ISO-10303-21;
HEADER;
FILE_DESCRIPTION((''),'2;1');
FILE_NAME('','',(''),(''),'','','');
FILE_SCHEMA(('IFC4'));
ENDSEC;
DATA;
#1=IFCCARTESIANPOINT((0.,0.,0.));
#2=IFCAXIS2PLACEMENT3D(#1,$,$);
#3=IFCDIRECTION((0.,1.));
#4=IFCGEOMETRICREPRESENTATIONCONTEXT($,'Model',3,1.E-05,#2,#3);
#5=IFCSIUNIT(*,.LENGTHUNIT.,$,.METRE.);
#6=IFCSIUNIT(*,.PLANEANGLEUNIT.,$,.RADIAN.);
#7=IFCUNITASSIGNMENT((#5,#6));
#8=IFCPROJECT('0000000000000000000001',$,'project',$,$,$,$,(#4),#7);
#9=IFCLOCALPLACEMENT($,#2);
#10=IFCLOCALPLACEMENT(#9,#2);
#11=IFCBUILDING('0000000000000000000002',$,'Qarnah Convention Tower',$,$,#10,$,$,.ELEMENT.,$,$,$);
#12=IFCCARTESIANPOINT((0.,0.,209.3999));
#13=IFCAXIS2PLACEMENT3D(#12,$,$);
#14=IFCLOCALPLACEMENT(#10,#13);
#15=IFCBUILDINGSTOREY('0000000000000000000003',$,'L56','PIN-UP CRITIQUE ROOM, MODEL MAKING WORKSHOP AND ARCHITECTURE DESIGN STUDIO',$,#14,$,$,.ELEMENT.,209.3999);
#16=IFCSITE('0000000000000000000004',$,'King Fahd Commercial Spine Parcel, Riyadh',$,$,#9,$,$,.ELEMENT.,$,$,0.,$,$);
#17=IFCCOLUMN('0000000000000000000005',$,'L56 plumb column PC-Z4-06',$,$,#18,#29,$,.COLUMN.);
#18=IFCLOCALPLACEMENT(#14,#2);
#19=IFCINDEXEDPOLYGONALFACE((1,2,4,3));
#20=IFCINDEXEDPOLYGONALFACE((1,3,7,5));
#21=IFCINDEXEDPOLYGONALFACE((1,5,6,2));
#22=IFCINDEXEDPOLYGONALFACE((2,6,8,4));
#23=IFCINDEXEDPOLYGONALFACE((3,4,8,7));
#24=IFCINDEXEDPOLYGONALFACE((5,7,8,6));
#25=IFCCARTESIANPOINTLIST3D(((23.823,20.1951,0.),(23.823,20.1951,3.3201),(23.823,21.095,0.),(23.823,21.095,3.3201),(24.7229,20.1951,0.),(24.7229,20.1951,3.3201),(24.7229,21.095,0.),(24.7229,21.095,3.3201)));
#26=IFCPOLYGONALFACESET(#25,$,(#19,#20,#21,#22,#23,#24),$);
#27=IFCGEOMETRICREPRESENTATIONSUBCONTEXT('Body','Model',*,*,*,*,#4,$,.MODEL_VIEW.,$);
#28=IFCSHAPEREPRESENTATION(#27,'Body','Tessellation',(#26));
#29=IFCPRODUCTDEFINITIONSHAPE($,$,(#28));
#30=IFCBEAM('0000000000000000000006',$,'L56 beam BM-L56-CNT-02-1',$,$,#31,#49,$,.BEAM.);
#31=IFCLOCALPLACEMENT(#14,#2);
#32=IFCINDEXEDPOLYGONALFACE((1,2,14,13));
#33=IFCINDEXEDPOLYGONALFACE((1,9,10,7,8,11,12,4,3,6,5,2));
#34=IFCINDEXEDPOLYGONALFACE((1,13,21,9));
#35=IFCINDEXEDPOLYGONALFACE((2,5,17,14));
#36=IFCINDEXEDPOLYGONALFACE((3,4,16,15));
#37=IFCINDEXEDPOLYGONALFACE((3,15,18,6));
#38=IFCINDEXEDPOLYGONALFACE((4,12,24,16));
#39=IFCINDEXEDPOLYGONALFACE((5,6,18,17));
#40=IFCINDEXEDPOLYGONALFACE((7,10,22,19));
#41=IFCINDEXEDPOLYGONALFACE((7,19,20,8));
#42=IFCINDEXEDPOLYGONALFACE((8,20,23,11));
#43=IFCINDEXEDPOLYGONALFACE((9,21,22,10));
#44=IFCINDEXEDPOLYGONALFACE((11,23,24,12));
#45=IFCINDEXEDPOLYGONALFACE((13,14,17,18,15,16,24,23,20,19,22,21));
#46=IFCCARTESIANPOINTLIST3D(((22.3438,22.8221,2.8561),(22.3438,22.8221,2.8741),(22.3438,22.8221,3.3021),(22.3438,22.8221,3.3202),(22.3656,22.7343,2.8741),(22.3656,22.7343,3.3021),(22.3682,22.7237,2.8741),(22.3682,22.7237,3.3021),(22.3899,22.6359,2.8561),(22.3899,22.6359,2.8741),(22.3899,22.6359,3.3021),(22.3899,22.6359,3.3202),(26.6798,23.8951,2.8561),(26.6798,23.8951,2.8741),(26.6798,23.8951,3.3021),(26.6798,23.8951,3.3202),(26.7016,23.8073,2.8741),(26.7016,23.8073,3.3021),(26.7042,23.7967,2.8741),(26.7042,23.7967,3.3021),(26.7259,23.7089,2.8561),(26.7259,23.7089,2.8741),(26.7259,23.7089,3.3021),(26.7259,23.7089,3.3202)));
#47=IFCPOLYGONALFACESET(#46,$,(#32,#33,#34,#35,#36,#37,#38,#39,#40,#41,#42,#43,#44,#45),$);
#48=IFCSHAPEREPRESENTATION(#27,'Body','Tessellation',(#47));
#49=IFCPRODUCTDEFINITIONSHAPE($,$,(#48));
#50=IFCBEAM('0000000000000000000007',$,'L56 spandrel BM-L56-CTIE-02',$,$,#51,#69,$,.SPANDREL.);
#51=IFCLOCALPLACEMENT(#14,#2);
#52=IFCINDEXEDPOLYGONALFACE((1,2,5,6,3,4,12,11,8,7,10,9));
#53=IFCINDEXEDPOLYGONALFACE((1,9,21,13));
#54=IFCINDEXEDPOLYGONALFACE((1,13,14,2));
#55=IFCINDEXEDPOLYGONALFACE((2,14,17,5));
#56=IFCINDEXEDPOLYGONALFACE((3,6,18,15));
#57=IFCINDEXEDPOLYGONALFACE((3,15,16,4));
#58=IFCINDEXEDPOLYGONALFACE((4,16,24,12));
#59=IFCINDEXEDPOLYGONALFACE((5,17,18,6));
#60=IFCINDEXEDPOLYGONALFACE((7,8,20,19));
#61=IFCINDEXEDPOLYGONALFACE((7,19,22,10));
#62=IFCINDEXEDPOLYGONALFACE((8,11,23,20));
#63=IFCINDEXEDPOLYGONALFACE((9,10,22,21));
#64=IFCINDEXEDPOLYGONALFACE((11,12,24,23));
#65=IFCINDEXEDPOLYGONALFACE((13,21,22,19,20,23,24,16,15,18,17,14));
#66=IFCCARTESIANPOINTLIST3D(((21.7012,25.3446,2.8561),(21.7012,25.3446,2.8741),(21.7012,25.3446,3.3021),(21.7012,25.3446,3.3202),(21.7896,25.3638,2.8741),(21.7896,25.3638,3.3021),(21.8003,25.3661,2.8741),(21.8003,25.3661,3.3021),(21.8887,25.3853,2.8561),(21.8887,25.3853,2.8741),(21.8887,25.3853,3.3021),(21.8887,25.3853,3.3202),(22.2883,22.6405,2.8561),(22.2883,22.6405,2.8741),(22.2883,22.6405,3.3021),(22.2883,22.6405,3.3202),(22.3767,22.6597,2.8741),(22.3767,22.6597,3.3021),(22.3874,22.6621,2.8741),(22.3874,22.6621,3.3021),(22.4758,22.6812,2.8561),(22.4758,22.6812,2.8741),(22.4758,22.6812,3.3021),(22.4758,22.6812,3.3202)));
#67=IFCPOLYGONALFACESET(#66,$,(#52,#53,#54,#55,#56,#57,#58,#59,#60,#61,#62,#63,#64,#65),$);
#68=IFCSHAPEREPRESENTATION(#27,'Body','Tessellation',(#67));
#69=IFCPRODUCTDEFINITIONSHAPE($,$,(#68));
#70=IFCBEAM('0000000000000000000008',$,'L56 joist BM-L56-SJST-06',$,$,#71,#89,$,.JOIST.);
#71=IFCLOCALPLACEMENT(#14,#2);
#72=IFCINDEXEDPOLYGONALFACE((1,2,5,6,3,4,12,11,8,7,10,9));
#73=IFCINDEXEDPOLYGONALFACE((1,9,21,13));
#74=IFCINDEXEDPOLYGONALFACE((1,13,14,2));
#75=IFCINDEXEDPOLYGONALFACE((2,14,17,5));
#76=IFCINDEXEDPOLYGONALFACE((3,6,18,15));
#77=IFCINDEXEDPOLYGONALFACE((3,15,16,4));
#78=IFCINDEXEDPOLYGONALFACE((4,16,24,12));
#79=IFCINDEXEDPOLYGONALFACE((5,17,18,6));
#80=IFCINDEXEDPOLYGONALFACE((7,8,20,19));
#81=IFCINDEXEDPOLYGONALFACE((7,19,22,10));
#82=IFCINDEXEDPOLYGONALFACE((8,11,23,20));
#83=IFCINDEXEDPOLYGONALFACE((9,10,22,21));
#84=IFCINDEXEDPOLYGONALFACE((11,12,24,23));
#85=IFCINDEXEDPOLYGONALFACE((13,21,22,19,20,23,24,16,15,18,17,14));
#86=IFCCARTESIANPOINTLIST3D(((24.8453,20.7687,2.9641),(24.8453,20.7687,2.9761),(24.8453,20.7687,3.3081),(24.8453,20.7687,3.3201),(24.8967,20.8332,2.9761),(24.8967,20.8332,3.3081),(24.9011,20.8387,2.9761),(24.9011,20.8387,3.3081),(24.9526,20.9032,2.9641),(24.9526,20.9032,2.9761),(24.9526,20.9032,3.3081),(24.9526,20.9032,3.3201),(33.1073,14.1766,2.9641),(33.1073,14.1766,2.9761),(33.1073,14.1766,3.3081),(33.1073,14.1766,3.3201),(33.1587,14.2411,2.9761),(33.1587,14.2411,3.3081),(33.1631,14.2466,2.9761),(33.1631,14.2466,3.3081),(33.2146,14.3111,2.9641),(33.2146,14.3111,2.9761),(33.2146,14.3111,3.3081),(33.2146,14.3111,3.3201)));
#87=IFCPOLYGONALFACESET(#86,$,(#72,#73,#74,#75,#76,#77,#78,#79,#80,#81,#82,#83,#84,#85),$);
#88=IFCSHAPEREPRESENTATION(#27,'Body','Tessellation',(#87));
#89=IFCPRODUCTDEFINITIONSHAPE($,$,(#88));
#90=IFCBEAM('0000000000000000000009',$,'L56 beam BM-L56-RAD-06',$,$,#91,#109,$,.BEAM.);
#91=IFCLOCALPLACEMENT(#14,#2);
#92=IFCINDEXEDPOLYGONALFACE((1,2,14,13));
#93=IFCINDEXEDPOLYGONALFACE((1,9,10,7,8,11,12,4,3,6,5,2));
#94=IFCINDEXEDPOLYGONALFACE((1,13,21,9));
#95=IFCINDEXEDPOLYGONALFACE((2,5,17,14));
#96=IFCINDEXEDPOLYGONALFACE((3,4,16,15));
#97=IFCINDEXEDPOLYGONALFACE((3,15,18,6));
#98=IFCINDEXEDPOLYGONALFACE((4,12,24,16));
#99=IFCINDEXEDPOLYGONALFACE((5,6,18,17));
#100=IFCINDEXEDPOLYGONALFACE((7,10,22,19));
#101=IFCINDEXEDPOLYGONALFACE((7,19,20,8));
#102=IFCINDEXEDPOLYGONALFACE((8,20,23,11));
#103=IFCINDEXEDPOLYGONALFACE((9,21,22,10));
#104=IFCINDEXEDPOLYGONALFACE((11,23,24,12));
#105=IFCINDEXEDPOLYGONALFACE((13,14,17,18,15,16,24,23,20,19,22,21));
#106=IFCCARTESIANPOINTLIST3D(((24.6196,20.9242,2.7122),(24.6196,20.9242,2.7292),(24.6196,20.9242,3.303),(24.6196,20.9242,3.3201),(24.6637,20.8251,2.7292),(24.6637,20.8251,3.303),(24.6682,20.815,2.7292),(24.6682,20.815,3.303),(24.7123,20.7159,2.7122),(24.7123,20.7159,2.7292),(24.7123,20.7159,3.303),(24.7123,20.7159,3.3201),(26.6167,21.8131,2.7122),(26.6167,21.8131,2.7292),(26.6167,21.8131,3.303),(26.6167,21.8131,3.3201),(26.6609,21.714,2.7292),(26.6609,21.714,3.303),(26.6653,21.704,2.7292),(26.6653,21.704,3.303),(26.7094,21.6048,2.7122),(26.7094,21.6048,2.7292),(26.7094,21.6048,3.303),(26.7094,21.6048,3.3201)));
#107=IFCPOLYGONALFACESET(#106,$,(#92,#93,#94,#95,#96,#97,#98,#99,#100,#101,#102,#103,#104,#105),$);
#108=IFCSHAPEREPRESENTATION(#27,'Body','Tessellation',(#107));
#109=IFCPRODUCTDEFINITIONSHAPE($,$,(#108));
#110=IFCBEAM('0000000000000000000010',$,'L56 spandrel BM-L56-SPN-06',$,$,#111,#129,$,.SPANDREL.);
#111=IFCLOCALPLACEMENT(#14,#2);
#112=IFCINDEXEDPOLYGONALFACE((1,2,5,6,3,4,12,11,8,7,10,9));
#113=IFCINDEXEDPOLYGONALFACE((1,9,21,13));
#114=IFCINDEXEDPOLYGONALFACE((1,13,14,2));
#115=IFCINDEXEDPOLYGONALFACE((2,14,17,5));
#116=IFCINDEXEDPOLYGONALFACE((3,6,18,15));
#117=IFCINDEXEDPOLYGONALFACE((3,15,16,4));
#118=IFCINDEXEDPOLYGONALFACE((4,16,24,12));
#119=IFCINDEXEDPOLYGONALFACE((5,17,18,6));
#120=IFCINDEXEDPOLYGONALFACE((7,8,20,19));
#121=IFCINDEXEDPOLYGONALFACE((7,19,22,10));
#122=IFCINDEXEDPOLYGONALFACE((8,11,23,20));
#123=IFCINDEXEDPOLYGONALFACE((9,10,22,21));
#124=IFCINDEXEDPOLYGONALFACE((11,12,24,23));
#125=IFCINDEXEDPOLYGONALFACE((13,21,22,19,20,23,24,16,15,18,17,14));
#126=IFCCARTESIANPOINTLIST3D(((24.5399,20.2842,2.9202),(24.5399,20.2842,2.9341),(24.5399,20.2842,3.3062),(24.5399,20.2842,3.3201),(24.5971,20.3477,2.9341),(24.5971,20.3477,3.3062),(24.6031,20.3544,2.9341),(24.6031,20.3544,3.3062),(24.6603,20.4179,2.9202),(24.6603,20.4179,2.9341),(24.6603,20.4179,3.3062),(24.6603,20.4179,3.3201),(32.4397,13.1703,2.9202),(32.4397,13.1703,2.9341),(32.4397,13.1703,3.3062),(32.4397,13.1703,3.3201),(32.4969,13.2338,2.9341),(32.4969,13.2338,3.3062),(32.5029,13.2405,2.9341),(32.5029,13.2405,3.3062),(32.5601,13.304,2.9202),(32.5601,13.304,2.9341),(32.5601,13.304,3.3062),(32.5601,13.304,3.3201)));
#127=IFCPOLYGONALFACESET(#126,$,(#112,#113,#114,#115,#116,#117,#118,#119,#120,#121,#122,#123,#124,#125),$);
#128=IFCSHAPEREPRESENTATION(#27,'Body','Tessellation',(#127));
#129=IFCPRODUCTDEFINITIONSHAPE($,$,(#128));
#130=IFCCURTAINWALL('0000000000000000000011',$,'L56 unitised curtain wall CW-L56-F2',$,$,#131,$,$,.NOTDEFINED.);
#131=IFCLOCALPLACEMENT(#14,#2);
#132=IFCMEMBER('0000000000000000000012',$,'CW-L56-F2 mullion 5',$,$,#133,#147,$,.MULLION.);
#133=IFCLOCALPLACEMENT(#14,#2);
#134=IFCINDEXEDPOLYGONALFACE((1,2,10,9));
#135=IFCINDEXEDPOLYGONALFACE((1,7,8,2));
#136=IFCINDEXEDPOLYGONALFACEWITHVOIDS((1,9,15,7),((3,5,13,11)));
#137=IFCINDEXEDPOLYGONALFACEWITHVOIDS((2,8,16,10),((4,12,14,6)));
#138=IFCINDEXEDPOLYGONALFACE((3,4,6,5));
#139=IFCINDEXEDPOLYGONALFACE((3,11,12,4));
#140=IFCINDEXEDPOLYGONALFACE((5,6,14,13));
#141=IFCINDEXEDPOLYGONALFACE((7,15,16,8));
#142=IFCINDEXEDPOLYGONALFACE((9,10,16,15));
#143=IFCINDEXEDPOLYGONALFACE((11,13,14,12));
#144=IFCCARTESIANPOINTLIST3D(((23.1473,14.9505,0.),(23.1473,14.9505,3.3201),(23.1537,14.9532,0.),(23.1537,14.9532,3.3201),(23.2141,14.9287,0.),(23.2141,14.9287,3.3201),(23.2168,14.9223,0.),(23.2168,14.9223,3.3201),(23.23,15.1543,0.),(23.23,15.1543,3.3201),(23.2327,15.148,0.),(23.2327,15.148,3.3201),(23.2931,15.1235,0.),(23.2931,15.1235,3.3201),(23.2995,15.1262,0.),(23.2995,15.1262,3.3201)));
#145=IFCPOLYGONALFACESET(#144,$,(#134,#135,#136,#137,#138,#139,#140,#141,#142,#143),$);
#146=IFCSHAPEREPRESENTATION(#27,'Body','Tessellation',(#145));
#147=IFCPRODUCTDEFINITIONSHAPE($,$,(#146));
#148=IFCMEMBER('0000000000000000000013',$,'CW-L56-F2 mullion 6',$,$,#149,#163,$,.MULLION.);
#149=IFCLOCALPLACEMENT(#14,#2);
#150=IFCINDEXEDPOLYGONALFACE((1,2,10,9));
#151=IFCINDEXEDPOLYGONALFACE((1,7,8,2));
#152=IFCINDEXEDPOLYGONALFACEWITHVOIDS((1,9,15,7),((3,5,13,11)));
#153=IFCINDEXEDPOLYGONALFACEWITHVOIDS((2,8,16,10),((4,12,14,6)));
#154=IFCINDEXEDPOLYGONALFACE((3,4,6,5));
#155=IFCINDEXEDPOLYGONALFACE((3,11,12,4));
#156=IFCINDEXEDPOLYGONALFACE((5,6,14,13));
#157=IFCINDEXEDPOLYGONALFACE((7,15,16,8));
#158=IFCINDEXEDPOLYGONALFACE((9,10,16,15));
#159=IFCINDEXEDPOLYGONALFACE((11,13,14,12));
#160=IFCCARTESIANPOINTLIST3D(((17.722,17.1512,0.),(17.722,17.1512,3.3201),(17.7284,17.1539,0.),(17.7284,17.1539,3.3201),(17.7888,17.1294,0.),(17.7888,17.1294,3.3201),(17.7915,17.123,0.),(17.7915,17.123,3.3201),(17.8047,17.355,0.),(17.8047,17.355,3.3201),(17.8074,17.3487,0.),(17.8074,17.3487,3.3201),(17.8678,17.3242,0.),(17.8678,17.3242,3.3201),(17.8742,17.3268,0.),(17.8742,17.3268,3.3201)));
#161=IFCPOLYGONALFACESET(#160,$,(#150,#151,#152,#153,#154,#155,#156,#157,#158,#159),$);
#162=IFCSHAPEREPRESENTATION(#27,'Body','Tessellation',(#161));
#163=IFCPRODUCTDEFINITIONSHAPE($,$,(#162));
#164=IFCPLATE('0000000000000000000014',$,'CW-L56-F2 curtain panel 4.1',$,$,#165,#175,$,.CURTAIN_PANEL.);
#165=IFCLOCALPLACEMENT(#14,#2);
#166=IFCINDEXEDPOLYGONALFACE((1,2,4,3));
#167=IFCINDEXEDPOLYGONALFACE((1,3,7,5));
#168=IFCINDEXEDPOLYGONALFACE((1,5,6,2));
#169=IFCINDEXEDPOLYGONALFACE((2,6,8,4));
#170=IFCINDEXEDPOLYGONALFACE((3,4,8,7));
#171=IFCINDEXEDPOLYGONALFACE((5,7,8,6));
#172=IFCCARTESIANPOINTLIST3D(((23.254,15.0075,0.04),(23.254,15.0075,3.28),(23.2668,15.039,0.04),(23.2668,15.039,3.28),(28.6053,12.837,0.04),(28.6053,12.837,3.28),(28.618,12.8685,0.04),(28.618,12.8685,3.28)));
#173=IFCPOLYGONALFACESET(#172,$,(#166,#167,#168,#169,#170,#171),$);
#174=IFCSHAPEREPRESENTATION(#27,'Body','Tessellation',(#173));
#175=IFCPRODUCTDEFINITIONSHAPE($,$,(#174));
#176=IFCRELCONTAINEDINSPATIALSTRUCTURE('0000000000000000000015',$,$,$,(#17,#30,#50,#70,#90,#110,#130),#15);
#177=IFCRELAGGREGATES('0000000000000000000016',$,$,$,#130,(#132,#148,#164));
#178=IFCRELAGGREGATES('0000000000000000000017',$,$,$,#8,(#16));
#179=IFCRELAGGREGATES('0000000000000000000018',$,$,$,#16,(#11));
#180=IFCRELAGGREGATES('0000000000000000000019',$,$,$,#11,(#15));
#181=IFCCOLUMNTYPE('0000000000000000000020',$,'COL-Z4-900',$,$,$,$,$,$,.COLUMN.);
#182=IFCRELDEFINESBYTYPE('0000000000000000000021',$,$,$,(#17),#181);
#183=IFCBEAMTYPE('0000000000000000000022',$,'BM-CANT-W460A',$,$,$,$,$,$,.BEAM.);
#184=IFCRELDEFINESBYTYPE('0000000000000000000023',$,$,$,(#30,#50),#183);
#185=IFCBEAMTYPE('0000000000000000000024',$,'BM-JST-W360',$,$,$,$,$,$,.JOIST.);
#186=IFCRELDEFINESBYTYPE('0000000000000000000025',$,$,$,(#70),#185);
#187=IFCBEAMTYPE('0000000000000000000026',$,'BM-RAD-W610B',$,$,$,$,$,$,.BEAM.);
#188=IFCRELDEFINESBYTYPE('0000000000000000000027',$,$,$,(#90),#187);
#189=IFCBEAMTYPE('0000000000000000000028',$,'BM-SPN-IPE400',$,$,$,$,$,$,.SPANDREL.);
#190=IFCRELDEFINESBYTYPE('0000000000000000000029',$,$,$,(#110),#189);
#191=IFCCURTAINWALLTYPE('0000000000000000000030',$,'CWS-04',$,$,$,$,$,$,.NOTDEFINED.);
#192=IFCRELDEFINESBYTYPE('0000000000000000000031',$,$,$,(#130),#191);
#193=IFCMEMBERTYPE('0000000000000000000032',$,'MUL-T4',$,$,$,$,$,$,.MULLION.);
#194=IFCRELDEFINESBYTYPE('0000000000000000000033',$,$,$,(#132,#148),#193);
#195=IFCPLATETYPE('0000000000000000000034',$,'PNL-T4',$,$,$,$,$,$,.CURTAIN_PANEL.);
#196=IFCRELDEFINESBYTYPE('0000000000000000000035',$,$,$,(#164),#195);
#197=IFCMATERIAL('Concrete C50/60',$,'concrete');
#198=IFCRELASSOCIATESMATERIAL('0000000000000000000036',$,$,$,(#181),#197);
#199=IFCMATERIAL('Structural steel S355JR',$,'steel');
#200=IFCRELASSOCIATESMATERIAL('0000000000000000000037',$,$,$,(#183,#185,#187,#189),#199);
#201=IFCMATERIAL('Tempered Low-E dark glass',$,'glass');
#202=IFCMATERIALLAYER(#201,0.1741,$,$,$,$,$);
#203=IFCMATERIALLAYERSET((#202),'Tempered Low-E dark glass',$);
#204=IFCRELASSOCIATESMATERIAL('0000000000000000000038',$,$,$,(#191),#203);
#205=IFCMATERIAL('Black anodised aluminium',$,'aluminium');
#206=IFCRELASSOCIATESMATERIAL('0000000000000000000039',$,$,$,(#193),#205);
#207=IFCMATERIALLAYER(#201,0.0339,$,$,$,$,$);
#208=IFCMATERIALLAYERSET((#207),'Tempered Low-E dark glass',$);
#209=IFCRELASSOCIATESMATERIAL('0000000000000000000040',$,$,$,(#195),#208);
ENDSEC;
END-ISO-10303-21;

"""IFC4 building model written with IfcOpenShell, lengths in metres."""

from ifc_helpers import new_model, si_unit, direction, frame, origin, origin_2d, place, context, subcontext, project, spatial, rectangle, hollow_rectangle, i_section, extrude, material, layer, layer_set, material_profile, profile_set, type_object, element, aggregate, save


model = new_model("IFC4")

# Units and contexts
model_context = context("Model", 3, precision=1e-05, world=origin(), true_north=direction((0.0, 1.0)))
body_context = subcontext(model_context, "Body", "Model", "MODEL_VIEW")
ifc_project = project(units=[si_unit("LENGTHUNIT", "METRE"), si_unit("PLANEANGLEUNIT", "RADIAN")], contexts=[model_context])

# Site, building, storey
site_placement = place(None, origin())
site = spatial("IfcSite", under=ifc_project, at=site_placement, Name="King Fahd Commercial Spine Parcel, Riyadh", CompositionType="ELEMENT", RefElevation=0.0)
building_placement = place(site_placement, origin())
building = spatial("IfcBuilding", under=site, at=building_placement, Name="Qarnah Convention Tower", CompositionType="ELEMENT")
storey_placement = place(building_placement, frame((0.0, 0.0, 209.3999)))
storey = spatial("IfcBuildingStorey", under=building, at=storey_placement, Name="L56", Description="PIN-UP CRITIQUE ROOM, MODEL MAKING WORKSHOP AND ARCHITECTURE DESIGN STUDIO", CompositionType="ELEMENT", Elevation=209.3999)

# Column
ifc_material_1 = material(Name="Concrete C50/60", Category="concrete")
ifc_material_profile_1 = material_profile(ifc_material_1, rectangle(XDim=0.8999, YDim=0.8999, at=origin_2d()), Name="RC-COL-900X900")
ifc_profile_set_1 = profile_set([ifc_material_profile_1], Name="Concrete C50/60")
column_type = type_object("IfcColumnType", Name="COL-Z4-900", PredefinedType="COLUMN", material=ifc_profile_set_1)
column_placement = place(storey_placement, frame((24.2729, 20.645, 0.0), z_axis=(0.0, 0.0, 1.0), x_axis=(1.0, 0.0, 0.0)))
element("IfcColumn", 1, at=column_placement, inside=storey, type_object=column_type, Name="L56 plumb column PC-Z4-06", PredefinedType="COLUMN", context=body_context, shape_type="SweptSolid", body=[
    extrude(rectangle(XDim=0.8999, YDim=0.8999, at=origin_2d()), origin(), (0.0, 0.0, 1.0), 3.3201),
])

# Beams
ifc_material_2 = material(Name="Structural steel S355JR", Category="steel")
ifc_material_profile_2 = material_profile(ifc_material_2, i_section(OverallWidth=0.1919, OverallDepth=0.4641, WebThickness=0.011, FlangeThickness=0.0181, at=origin_2d()), Name="W460X89")
ifc_profile_set_2 = profile_set([ifc_material_profile_2], Name="Structural steel S355JR")
beam_type_1 = type_object("IfcBeamType", Name="BM-CANT-W460A", PredefinedType="BEAM", material=ifc_profile_set_2)
beam_1_placement = place(storey_placement, frame((26.7029, 23.802, 3.0881), z_axis=(-0.970718, -0.24022, 0.0), x_axis=(0.24022, -0.970718, 0.0)))
element("IfcBeam", 2, at=beam_1_placement, inside=storey, type_object=beam_type_1, Name="L56 beam BM-L56-CNT-02-1", PredefinedType="BEAM", context=body_context, shape_type="SweptSolid", body=[
    extrude(i_section(OverallWidth=0.1919, OverallDepth=0.4641, WebThickness=0.011, FlangeThickness=0.0181, at=origin_2d()), origin(), (0.0, 0.0, 1.0), 4.4668),
])
beam_2_placement = place(storey_placement, frame((22.3821, 22.6609, 3.0881), z_axis=(-0.212192, 0.977228, 0.0), x_axis=(-0.977228, -0.212192, 0.0)))
element("IfcBeam", 3, at=beam_2_placement, inside=storey, type_object=beam_type_1, Name="L56 spandrel BM-L56-CTIE-02", PredefinedType="SPANDREL", context=body_context, shape_type="SweptSolid", body=[
    extrude(i_section(OverallWidth=0.1919, OverallDepth=0.4641, WebThickness=0.011, FlangeThickness=0.0181, at=origin_2d()), origin(), (0.0, 0.0, 1.0), 2.7671),
])
ifc_material_profile_3 = material_profile(ifc_material_2, i_section(OverallWidth=0.1721, OverallDepth=0.356, WebThickness=0.0071, FlangeThickness=0.012, at=origin_2d()), Name="W360X51")
ifc_profile_set_3 = profile_set([ifc_material_profile_3], Name="Structural steel S355JR")
beam_type_2 = type_object("IfcBeamType", Name="BM-JST-W360", PredefinedType="JOIST", material=ifc_profile_set_3)
beam_3_placement = place(storey_placement, frame((24.8989, 20.8359, 3.1421), z_axis=(0.781677, -0.623683, 0.0), x_axis=(0.623683, 0.781677, 0.0)))
element("IfcBeam", 4, at=beam_3_placement, inside=storey, type_object=beam_type_2, Name="L56 joist BM-L56-SJST-06", PredefinedType="JOIST", context=body_context, shape_type="SweptSolid", body=[
    extrude(i_section(OverallWidth=0.1721, OverallDepth=0.356, WebThickness=0.0071, FlangeThickness=0.012, at=origin_2d()), origin(), (0.0, 0.0, 1.0), 10.5696),
])
ifc_material_profile_4 = material_profile(ifc_material_2, i_section(OverallWidth=0.228, OverallDepth=0.6079, WebThickness=0.011, FlangeThickness=0.0171, at=origin_2d()), Name="W610X113")
ifc_profile_set_4 = profile_set([ifc_material_profile_4], Name="Structural steel S355JR")
beam_type_3 = type_object("IfcBeamType", Name="BM-RAD-W610B", PredefinedType="BEAM", material=ifc_profile_set_4)
beam_4_placement = place(storey_placement, frame((26.6631, 21.709, 3.0161), z_axis=(-0.913586, -0.406646, 0.0), x_axis=(0.406646, -0.913586, 0.0)))
element("IfcBeam", 5, at=beam_4_placement, inside=storey, type_object=beam_type_3, Name="L56 beam BM-L56-RAD-06", PredefinedType="BEAM", context=body_context, shape_type="SweptSolid", body=[
    extrude(i_section(OverallWidth=0.228, OverallDepth=0.6079, WebThickness=0.011, FlangeThickness=0.0171, at=origin_2d()), origin(), (0.0, 0.0, 1.0), 2.186),
])
ifc_material_profile_5 = material_profile(ifc_material_2, i_section(OverallWidth=0.1799, OverallDepth=0.3999, WebThickness=0.009, FlangeThickness=0.0139, at=origin_2d()), Name="IPE400")
ifc_profile_set_5 = profile_set([ifc_material_profile_5], Name="Structural steel S355JR")
beam_type_4 = type_object("IfcBeamType", Name="BM-SPN-IPE400", PredefinedType="SPANDREL", material=ifc_profile_set_5)
beam_5_placement = place(storey_placement, frame((24.6001, 20.3511, 3.1201), z_axis=(0.743102, -0.669178, 0.0), x_axis=(0.669178, 0.743102, 0.0)))
element("IfcBeam", 6, at=beam_5_placement, inside=storey, type_object=beam_type_4, Name="L56 spandrel BM-L56-SPN-06", PredefinedType="SPANDREL", context=body_context, shape_type="SweptSolid", body=[
    extrude(i_section(OverallWidth=0.1799, OverallDepth=0.3999, WebThickness=0.009, FlangeThickness=0.0139, at=origin_2d()), origin(), (0.0, 0.0, 1.0), 10.6309),
])

# Curtain wall, members, plate
ifc_material_3 = material(Name="Tempered Low-E dark glass", Category="glass")
ifc_layer_1 = layer(ifc_material_3, 0.1741)
ifc_layer_set_1 = layer_set([ifc_layer_1], Name="Tempered Low-E dark glass")
curtain_wall_type = type_object("IfcCurtainWallType", Name="CWS-04", PredefinedType="NOTDEFINED", material=ifc_layer_set_1)
curtain_wall_placement = place(storey_placement, origin())
curtain_wall = element("IfcCurtainWall", 7, at=curtain_wall_placement, inside=storey, type_object=curtain_wall_type, Name="L56 unitised curtain wall CW-L56-F2", PredefinedType="NOTDEFINED")
ifc_material_4 = material(Name="Black anodised aluminium", Category="aluminium")
ifc_material_profile_6 = material_profile(ifc_material_4, hollow_rectangle(XDim=0.075, YDim=0.22, WallThickness=0.0049, at=origin_2d()), Name="MUL-75X220")
ifc_profile_set_6 = profile_set([ifc_material_profile_6], Name="Black anodised aluminium")
member_type = type_object("IfcMemberType", Name="MUL-T4", PredefinedType="MULLION", material=ifc_profile_set_6)
member_1_placement = place(storey_placement, frame((23.2234, 15.0383, 0.0), z_axis=(0.0, 0.0, 1.0), x_axis=(-0.926673, 0.375868, 0.0)))
member_1 = element("IfcMember", 8, at=member_1_placement, type_object=member_type, Name="CW-L56-F2 mullion 5", PredefinedType="MULLION", context=body_context, shape_type="SweptSolid", body=[
    extrude(hollow_rectangle(XDim=0.075, YDim=0.22, WallThickness=0.0049, at=origin_2d()), origin(), (0.0, 0.0, 1.0), 3.3201),
])
member_2_placement = place(storey_placement, frame((17.7981, 17.239, 0.0), z_axis=(0.0, 0.0, 1.0), x_axis=(-0.926673, 0.375868, 0.0)))
member_2 = element("IfcMember", 9, at=member_2_placement, type_object=member_type, Name="CW-L56-F2 mullion 6", PredefinedType="MULLION", context=body_context, shape_type="SweptSolid", body=[
    extrude(hollow_rectangle(XDim=0.075, YDim=0.22, WallThickness=0.0049, at=origin_2d()), origin(), (0.0, 0.0, 1.0), 3.3201),
])
ifc_layer_2 = layer(ifc_material_3, 0.0339)
ifc_layer_set_2 = layer_set([ifc_layer_2], Name="Tempered Low-E dark glass")
plate_type = type_object("IfcPlateType", Name="PNL-T4", PredefinedType="CURTAIN_PANEL", material=ifc_layer_set_2)
plate_1_placement = place(storey_placement, frame((25.936, 13.938, 0.04), z_axis=(0.0, 0.0, 1.0), x_axis=(-0.926673, 0.375868, 0.0)))
plate_1 = element("IfcPlate", 10, at=plate_1_placement, type_object=plate_type, Name="CW-L56-F2 curtain panel 4.1", PredefinedType="CURTAIN_PANEL", context=body_context, shape_type="SweptSolid", body=[
    extrude(rectangle(XDim=5.7747, YDim=0.0339, at=origin_2d()), origin(), (0.0, 0.0, 1.0), 3.24),
])
aggregate(curtain_wall, [member_1, member_2, plate_1])

save(model, "model.ifc")
